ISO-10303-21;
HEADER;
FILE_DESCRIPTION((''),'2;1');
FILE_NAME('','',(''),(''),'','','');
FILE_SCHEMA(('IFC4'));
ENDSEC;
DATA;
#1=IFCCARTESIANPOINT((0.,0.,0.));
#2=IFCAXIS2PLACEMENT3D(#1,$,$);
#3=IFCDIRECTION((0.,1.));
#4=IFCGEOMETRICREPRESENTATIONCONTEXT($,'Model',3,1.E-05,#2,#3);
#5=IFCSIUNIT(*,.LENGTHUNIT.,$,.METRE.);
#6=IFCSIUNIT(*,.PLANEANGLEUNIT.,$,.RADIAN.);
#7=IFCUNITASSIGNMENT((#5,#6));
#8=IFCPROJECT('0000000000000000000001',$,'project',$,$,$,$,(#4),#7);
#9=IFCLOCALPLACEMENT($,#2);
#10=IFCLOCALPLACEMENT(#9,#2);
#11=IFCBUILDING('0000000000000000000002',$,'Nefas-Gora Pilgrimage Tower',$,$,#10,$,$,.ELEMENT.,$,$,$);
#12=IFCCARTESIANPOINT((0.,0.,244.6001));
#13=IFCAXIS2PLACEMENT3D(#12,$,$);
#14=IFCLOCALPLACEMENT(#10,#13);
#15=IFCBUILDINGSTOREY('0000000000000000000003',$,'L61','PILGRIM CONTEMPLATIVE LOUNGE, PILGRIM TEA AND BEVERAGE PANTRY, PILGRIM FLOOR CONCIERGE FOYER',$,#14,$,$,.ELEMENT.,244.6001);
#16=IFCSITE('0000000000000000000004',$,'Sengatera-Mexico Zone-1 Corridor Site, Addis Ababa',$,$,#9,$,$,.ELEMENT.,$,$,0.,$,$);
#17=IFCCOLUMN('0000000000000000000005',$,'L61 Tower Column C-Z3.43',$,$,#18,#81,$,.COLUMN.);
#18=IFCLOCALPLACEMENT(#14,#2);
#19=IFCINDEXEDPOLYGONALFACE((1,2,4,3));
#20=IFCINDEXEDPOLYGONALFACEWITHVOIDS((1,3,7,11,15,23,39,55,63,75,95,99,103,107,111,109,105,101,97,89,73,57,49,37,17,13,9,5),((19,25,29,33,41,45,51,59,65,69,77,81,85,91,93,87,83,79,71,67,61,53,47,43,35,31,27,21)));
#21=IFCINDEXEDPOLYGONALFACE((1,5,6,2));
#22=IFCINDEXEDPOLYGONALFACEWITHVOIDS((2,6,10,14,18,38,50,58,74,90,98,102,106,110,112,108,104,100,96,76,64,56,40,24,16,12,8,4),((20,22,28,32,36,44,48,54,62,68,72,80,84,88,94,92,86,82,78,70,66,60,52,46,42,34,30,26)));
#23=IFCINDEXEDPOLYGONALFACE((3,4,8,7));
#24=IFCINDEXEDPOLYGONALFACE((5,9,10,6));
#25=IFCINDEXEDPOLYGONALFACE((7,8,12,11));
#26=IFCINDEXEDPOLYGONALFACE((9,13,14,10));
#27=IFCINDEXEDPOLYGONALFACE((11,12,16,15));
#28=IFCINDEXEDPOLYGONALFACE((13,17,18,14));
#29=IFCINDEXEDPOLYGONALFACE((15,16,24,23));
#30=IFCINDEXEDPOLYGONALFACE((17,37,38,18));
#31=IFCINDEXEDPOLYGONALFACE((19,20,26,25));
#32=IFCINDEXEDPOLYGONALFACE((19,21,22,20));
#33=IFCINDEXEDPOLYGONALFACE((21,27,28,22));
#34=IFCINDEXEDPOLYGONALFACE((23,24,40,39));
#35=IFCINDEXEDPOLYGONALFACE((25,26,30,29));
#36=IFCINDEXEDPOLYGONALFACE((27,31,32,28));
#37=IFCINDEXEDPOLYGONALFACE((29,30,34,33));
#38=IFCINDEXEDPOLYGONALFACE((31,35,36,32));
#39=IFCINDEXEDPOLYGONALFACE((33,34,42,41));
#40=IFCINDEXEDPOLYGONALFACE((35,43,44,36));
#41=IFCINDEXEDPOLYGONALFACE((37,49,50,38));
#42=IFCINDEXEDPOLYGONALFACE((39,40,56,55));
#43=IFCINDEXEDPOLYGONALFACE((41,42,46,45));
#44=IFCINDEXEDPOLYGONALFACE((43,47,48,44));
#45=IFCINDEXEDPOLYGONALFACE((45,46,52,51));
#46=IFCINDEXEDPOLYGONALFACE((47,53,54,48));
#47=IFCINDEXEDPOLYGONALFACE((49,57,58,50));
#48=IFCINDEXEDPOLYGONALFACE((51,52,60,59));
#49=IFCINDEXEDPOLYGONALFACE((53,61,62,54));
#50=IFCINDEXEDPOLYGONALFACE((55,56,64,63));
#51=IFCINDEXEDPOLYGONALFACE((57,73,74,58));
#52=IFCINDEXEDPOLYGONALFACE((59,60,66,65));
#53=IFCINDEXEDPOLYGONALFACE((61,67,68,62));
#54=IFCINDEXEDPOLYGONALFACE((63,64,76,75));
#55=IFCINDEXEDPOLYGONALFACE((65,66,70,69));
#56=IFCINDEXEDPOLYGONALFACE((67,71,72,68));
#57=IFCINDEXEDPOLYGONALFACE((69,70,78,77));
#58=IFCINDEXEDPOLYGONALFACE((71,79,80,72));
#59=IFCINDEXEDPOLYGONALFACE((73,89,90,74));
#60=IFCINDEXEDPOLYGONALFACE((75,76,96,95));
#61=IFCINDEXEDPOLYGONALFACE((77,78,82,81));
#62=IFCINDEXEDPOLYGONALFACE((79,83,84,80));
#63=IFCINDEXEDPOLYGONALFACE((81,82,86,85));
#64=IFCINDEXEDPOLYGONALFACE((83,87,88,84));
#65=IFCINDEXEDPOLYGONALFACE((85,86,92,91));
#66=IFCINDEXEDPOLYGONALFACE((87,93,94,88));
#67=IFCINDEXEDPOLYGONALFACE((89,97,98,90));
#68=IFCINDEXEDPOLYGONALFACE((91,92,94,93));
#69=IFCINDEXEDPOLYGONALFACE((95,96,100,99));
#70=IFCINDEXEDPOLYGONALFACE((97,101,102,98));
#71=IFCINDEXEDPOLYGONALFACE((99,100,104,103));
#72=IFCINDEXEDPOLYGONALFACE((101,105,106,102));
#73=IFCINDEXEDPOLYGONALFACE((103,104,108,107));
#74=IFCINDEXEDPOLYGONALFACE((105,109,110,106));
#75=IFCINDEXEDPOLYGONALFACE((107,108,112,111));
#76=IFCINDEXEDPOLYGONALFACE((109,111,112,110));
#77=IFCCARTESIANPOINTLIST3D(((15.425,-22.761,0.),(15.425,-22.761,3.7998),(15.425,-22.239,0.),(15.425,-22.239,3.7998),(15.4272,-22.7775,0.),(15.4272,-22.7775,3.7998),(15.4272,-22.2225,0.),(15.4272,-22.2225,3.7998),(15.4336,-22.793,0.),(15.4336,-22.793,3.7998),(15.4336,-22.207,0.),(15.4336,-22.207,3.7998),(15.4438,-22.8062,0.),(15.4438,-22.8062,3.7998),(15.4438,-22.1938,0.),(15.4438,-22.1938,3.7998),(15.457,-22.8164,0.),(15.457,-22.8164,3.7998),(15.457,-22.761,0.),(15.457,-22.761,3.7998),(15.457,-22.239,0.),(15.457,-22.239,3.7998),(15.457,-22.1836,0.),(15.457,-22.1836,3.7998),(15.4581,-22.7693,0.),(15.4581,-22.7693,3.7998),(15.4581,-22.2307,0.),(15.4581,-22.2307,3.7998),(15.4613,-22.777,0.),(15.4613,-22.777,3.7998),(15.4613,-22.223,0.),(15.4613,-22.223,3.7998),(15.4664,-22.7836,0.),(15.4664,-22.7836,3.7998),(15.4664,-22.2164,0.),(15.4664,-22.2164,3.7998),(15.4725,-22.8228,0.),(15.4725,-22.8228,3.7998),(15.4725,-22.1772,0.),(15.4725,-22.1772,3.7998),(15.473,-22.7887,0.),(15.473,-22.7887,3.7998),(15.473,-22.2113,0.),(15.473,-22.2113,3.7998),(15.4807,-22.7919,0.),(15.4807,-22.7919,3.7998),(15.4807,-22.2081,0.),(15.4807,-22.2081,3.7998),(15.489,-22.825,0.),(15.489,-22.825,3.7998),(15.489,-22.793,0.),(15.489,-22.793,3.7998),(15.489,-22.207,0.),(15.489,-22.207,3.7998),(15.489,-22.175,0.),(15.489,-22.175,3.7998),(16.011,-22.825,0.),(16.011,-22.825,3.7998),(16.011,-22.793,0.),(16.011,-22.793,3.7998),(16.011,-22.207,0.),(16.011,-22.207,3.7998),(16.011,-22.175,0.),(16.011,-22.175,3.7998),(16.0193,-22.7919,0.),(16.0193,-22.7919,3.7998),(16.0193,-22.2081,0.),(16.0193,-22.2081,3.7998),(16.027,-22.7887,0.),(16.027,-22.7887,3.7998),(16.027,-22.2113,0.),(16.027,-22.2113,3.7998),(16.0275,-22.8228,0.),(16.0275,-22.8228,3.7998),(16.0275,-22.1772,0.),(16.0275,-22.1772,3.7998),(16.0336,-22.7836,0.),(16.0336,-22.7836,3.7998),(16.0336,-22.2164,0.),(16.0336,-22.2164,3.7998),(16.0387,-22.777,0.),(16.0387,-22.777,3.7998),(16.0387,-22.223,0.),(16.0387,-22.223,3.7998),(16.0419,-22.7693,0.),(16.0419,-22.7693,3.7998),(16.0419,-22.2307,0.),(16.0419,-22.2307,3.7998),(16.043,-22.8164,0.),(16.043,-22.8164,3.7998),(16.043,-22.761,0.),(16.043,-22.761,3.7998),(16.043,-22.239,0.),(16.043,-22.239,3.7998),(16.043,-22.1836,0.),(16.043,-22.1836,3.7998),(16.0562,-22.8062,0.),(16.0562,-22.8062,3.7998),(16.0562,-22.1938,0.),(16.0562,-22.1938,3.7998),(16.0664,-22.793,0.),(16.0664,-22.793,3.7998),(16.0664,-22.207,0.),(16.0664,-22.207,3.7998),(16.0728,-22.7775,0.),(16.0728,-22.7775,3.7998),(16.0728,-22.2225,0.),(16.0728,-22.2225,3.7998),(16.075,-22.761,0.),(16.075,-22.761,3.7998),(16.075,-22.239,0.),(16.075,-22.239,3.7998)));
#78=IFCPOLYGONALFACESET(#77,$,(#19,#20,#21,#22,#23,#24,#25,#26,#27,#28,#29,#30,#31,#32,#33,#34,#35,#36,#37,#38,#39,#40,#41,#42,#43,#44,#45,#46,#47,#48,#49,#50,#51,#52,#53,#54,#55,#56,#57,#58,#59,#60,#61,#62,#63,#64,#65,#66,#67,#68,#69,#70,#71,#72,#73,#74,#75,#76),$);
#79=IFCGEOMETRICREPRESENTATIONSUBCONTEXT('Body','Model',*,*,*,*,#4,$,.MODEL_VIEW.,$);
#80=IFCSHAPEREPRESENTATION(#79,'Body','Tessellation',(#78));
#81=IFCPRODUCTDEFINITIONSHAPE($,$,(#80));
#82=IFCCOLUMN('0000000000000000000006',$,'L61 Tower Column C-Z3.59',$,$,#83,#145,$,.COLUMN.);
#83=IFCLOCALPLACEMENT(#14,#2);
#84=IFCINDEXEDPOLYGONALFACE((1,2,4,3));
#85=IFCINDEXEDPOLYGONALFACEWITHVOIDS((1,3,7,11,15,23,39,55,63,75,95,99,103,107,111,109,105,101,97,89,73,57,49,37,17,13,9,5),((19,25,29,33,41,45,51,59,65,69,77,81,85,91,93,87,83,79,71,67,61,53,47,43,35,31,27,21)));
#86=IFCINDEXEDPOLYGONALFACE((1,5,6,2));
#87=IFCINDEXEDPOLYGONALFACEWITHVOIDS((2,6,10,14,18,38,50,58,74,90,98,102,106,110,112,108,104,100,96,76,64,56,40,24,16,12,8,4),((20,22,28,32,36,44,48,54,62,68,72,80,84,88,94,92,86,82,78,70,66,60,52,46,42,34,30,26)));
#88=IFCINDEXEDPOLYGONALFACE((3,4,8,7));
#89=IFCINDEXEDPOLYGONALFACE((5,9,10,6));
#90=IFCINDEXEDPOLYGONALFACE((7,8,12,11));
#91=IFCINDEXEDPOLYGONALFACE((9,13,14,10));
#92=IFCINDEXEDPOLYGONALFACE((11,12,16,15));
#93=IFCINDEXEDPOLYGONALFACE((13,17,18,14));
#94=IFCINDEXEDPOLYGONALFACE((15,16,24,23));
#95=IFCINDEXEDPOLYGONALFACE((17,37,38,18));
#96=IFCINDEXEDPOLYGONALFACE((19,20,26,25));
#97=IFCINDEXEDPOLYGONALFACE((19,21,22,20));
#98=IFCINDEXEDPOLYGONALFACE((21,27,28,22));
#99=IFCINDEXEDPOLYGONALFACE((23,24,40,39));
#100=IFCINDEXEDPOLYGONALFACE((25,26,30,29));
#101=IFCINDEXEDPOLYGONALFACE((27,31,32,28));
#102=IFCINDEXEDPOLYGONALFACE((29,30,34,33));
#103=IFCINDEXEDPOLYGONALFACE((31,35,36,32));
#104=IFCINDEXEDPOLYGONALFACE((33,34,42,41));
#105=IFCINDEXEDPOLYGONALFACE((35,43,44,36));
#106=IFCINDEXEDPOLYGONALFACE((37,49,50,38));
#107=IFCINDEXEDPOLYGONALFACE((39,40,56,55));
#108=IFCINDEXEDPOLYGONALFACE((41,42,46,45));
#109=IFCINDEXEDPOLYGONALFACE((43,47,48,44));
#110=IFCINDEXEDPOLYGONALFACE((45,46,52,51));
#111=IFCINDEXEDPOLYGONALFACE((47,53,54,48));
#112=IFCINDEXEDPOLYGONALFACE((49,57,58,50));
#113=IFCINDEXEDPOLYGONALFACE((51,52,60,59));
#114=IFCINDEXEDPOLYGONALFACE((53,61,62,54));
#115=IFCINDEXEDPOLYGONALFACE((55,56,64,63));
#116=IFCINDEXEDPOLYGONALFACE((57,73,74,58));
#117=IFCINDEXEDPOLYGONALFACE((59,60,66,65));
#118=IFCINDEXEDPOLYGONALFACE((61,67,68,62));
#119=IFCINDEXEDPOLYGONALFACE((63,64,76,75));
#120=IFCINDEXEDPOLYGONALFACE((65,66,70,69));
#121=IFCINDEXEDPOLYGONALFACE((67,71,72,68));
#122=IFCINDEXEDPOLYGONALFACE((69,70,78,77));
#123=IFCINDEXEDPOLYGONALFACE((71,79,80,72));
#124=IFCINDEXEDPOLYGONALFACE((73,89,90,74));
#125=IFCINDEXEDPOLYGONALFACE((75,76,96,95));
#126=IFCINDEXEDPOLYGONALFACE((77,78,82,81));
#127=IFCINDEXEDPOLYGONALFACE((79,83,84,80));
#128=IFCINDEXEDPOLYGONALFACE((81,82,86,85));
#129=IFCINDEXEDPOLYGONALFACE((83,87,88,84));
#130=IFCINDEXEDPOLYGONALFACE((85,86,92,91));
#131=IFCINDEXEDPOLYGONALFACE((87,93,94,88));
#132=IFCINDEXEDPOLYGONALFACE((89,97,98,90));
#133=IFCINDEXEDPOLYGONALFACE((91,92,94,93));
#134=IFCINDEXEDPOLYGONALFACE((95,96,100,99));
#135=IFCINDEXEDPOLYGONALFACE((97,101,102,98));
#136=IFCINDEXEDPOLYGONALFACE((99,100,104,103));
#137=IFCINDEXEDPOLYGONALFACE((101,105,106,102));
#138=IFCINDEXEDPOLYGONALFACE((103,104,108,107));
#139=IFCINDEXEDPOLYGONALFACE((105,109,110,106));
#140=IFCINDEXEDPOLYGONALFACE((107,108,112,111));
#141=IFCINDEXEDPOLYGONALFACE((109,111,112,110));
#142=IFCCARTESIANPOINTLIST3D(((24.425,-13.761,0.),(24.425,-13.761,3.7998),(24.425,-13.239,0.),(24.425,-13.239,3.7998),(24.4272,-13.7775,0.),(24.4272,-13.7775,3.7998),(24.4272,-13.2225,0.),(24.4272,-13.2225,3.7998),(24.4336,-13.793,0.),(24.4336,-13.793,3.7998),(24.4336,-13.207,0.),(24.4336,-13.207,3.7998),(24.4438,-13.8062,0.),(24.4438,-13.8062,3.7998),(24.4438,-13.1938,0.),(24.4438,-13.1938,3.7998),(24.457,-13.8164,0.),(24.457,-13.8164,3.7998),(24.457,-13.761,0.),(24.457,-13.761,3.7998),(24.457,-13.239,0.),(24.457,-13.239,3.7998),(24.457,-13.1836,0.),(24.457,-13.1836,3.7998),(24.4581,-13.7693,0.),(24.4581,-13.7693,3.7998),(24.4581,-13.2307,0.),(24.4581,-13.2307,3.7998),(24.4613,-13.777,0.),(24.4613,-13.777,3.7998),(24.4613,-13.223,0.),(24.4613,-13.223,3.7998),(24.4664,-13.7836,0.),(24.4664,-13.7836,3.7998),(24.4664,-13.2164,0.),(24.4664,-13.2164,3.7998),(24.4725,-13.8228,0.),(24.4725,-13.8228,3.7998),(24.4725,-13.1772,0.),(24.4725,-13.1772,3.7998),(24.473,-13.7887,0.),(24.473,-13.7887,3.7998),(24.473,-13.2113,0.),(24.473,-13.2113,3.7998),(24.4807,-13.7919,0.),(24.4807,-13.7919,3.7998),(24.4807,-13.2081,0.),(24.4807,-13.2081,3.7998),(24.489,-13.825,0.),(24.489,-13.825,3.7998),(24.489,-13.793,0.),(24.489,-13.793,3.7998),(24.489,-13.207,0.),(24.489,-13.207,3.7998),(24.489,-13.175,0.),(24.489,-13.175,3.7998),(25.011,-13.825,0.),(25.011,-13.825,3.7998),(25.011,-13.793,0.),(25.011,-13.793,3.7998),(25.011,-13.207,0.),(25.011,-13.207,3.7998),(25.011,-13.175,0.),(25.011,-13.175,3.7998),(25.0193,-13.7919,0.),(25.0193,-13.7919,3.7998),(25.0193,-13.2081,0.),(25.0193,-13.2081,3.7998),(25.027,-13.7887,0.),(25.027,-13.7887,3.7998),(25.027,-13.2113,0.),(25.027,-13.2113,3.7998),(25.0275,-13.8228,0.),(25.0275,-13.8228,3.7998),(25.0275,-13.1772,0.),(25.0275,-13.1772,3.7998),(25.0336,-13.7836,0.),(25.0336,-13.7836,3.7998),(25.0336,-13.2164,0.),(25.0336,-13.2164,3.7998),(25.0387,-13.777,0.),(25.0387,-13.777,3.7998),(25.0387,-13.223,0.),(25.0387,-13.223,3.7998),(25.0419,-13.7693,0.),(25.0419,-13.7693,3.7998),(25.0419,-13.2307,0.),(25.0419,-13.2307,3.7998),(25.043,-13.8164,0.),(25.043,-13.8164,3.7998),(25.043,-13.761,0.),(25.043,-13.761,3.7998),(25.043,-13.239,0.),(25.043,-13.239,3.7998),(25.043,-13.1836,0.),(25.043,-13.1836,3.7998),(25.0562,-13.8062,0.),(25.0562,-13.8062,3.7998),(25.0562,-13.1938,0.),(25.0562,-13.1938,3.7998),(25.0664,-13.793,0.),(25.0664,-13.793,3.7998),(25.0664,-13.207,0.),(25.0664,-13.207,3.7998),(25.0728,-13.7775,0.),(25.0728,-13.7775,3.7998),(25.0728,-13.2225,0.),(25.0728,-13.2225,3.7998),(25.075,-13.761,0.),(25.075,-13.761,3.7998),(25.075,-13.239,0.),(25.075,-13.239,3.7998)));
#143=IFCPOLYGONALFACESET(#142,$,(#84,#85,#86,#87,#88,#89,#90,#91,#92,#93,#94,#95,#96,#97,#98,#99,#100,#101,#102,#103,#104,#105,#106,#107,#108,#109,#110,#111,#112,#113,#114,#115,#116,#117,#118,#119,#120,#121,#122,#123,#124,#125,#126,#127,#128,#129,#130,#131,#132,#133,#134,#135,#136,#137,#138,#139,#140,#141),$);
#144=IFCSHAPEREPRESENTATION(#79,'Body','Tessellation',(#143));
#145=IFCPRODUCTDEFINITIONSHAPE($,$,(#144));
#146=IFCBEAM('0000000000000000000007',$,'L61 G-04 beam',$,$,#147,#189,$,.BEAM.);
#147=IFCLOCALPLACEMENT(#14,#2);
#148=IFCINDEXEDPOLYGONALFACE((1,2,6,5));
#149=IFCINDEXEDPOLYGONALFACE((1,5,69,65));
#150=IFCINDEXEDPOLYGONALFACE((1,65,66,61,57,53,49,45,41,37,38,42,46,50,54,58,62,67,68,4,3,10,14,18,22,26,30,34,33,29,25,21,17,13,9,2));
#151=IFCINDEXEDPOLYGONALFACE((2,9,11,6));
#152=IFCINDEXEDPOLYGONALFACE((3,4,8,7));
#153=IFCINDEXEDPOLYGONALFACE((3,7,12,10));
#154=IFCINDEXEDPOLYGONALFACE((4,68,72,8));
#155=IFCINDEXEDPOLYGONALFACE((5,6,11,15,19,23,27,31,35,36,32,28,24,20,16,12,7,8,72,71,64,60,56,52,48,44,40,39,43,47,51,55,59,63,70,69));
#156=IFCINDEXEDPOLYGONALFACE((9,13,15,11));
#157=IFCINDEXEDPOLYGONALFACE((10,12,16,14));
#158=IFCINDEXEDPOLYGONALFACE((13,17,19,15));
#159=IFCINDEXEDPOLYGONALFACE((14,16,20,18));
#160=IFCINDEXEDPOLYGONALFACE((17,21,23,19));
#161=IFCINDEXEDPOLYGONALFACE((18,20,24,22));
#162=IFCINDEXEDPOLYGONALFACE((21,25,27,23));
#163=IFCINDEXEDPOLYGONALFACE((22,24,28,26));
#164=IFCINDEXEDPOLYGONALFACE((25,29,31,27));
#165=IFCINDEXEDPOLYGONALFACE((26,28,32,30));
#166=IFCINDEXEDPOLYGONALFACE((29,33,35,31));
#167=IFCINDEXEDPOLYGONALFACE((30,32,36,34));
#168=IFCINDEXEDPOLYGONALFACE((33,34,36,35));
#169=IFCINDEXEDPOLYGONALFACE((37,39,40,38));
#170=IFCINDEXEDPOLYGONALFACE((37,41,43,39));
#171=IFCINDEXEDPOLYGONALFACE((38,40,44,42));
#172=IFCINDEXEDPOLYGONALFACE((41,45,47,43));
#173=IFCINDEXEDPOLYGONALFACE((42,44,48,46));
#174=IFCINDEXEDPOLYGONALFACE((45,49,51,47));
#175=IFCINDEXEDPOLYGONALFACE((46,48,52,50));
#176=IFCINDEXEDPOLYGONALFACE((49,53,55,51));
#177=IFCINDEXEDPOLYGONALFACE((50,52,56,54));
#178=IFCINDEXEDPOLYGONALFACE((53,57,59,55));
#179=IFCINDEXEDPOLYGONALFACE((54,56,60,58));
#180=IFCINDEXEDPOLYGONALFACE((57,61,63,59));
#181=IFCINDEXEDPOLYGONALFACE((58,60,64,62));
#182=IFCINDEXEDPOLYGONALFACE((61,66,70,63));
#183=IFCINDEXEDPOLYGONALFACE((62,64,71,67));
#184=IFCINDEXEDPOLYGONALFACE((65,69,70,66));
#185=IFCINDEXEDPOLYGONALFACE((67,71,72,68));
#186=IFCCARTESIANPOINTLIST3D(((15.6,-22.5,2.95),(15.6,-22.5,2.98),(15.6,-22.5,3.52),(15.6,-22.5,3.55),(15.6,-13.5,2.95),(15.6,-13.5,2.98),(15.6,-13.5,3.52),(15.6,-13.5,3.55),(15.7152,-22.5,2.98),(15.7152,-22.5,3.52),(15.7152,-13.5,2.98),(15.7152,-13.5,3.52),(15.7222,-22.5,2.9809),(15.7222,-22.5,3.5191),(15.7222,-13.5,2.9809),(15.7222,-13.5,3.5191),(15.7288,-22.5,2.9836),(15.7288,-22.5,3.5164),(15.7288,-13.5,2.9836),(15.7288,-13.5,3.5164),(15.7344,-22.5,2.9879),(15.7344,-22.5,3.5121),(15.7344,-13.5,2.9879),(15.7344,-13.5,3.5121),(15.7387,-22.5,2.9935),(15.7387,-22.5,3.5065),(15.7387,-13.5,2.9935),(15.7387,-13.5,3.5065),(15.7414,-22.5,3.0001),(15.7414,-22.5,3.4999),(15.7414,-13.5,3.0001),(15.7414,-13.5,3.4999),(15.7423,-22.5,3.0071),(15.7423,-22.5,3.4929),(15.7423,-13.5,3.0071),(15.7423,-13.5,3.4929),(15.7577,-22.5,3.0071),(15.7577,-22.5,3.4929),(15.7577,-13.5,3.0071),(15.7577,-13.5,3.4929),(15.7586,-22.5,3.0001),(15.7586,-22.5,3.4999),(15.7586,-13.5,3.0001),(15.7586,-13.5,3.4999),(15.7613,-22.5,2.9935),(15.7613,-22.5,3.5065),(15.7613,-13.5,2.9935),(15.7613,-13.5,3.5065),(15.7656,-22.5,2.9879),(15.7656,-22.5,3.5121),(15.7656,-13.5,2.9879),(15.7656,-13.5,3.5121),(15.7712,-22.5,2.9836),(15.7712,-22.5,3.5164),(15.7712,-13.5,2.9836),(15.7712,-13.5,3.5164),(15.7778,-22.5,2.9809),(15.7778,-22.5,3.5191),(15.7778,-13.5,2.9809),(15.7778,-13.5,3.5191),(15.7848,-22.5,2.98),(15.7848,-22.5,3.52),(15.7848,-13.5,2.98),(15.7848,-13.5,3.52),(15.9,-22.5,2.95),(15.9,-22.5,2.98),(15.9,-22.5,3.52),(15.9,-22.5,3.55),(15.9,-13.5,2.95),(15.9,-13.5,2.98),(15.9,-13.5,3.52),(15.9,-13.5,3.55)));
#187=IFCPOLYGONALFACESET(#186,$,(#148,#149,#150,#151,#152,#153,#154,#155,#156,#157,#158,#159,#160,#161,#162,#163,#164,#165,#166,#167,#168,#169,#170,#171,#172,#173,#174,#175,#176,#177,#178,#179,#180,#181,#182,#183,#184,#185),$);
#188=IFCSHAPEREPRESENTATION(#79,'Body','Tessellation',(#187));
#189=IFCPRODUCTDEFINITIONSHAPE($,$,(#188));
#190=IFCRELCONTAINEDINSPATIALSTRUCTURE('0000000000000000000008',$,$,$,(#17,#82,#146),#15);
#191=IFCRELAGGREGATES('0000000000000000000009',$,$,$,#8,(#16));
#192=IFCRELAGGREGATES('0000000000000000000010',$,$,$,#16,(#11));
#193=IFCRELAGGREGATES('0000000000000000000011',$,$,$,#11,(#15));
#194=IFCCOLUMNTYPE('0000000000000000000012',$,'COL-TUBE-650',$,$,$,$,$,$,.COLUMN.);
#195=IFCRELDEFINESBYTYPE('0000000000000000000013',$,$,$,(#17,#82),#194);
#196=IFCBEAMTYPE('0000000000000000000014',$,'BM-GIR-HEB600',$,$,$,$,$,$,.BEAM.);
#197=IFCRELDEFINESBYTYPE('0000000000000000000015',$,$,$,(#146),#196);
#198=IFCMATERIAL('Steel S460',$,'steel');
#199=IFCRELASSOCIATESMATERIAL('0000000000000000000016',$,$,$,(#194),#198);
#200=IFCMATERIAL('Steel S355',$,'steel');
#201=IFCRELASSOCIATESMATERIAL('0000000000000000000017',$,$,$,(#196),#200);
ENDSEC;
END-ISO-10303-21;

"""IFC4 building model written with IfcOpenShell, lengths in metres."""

from ifc_helpers import new_model, si_unit, direction, frame, origin, origin_2d, place, context, subcontext, project, spatial, hollow_rectangle, i_section, extrude, source, transform, mapped, material, material_profile, profile_set, type_object, element, save


model = new_model("IFC4")

# Units and contexts
model_context = context("Model", 3, precision=1e-05, world=origin(), true_north=direction((0.0, 1.0)))
body_context = subcontext(model_context, "Body", "Model", "MODEL_VIEW")
ifc_project = project(units=[si_unit("LENGTHUNIT", "METRE"), si_unit("PLANEANGLEUNIT", "RADIAN")], contexts=[model_context])

# Site, building, storey
site_placement = place(None, origin())
site = spatial("IfcSite", under=ifc_project, at=site_placement, Name="Sengatera-Mexico Zone-1 Corridor Site, Addis Ababa", CompositionType="ELEMENT", RefElevation=0.0)
building_placement = place(site_placement, origin())
building = spatial("IfcBuilding", under=site, at=building_placement, Name="Nefas-Gora Pilgrimage Tower", CompositionType="ELEMENT")
storey_placement = place(building_placement, frame((0.0, 0.0, 244.6001)))
storey = spatial("IfcBuildingStorey", under=building, at=storey_placement, Name="L61", Description="PILGRIM CONTEMPLATIVE LOUNGE, PILGRIM TEA AND BEVERAGE PANTRY, PILGRIM FLOOR CONCIERGE FOYER", CompositionType="ELEMENT", Elevation=244.6001)

# Columns
ifc_material_1 = material(Name="Steel S460", Category="steel")
ifc_material_profile_1 = material_profile(ifc_material_1, hollow_rectangle(XDim=0.6499, YDim=0.6499, WallThickness=0.032, InnerFilletRadius=0.032, OuterFilletRadius=0.064, at=origin_2d()), Name="BOX 650x650x32")
ifc_profile_set_1 = profile_set([ifc_material_profile_1], Name="Steel S460")
column_type_1 = type_object("IfcColumnType", Name="COL-TUBE-650", PredefinedType="COLUMN", material=ifc_profile_set_1)
shared_shape_1 = source(origin(), body_context, "Body", "SweptSolid", [
    extrude(hollow_rectangle(XDim=0.6499, YDim=0.6499, WallThickness=0.032, InnerFilletRadius=0.032, OuterFilletRadius=0.064, at=origin_2d()), origin(), (0.0, 0.0, 1.0), 3.7998),
])
for number, where, z_axis, x_axis, name in (
    (1, (15.75, -22.5, 0.0), (0.0, 0.0, 1.0), (1.0, 0.0, 0.0), "L61 Tower Column C-Z3.43"),
    (2, (24.75, -13.5, 0.0), (0.0, 0.0, 1.0), (1.0, 0.0, 0.0), "L61 Tower Column C-Z3.59"),
):
    element("IfcColumn", number, at=place(storey_placement, frame(where, z_axis=z_axis, x_axis=x_axis)), inside=storey, type_object=column_type_1, Name=name, PredefinedType="COLUMN", context=body_context, shape_type="MappedRepresentation", body=[
        mapped(shared_shape_1, transform((0.0, 0.0, 0.0), x_axis=(1.0, 0.0, 0.0), y_axis=(0.0, 1.0, 0.0), z_axis=(0.0, 0.0, 1.0), scale=1.0)),
    ])

# Beam
ifc_material_2 = material(Name="Steel S355", Category="steel")
ifc_material_profile_2 = material_profile(ifc_material_2, i_section(OverallWidth=0.3, OverallDepth=0.6001, WebThickness=0.0154, FlangeThickness=0.03, FilletRadius=0.0271, at=origin_2d()), Name="HEB 600")
ifc_profile_set_2 = profile_set([ifc_material_profile_2], Name="Steel S355")
beam_type_1 = type_object("IfcBeamType", Name="BM-GIR-HEB600", PredefinedType="BEAM", material=ifc_profile_set_2)
shared_shape_2 = source(origin(), body_context, "Body", "SweptSolid", [
    extrude(i_section(OverallWidth=0.3, OverallDepth=0.6001, WebThickness=0.0154, FlangeThickness=0.03, FilletRadius=0.0271, at=origin_2d()), origin(), (0.0, 0.0, 1.0), 9.0),
])
beam_1_placement = place(storey_placement, frame((15.75, -22.5, 3.25), z_axis=(0.0, 1.0, 0.0), x_axis=(-1.0, 0.0, 0.0)))
element("IfcBeam", 3, at=beam_1_placement, inside=storey, type_object=beam_type_1, Name="L61 G-04 beam", PredefinedType="BEAM", context=body_context, shape_type="MappedRepresentation", body=[
    mapped(shared_shape_2, transform((0.0, 0.0, 0.0), x_axis=(1.0, 0.0, 0.0), y_axis=(0.0, 1.0, 0.0), z_axis=(0.0, 0.0, 1.0), scale=1.0)),
])

save(model, "model.ifc")
